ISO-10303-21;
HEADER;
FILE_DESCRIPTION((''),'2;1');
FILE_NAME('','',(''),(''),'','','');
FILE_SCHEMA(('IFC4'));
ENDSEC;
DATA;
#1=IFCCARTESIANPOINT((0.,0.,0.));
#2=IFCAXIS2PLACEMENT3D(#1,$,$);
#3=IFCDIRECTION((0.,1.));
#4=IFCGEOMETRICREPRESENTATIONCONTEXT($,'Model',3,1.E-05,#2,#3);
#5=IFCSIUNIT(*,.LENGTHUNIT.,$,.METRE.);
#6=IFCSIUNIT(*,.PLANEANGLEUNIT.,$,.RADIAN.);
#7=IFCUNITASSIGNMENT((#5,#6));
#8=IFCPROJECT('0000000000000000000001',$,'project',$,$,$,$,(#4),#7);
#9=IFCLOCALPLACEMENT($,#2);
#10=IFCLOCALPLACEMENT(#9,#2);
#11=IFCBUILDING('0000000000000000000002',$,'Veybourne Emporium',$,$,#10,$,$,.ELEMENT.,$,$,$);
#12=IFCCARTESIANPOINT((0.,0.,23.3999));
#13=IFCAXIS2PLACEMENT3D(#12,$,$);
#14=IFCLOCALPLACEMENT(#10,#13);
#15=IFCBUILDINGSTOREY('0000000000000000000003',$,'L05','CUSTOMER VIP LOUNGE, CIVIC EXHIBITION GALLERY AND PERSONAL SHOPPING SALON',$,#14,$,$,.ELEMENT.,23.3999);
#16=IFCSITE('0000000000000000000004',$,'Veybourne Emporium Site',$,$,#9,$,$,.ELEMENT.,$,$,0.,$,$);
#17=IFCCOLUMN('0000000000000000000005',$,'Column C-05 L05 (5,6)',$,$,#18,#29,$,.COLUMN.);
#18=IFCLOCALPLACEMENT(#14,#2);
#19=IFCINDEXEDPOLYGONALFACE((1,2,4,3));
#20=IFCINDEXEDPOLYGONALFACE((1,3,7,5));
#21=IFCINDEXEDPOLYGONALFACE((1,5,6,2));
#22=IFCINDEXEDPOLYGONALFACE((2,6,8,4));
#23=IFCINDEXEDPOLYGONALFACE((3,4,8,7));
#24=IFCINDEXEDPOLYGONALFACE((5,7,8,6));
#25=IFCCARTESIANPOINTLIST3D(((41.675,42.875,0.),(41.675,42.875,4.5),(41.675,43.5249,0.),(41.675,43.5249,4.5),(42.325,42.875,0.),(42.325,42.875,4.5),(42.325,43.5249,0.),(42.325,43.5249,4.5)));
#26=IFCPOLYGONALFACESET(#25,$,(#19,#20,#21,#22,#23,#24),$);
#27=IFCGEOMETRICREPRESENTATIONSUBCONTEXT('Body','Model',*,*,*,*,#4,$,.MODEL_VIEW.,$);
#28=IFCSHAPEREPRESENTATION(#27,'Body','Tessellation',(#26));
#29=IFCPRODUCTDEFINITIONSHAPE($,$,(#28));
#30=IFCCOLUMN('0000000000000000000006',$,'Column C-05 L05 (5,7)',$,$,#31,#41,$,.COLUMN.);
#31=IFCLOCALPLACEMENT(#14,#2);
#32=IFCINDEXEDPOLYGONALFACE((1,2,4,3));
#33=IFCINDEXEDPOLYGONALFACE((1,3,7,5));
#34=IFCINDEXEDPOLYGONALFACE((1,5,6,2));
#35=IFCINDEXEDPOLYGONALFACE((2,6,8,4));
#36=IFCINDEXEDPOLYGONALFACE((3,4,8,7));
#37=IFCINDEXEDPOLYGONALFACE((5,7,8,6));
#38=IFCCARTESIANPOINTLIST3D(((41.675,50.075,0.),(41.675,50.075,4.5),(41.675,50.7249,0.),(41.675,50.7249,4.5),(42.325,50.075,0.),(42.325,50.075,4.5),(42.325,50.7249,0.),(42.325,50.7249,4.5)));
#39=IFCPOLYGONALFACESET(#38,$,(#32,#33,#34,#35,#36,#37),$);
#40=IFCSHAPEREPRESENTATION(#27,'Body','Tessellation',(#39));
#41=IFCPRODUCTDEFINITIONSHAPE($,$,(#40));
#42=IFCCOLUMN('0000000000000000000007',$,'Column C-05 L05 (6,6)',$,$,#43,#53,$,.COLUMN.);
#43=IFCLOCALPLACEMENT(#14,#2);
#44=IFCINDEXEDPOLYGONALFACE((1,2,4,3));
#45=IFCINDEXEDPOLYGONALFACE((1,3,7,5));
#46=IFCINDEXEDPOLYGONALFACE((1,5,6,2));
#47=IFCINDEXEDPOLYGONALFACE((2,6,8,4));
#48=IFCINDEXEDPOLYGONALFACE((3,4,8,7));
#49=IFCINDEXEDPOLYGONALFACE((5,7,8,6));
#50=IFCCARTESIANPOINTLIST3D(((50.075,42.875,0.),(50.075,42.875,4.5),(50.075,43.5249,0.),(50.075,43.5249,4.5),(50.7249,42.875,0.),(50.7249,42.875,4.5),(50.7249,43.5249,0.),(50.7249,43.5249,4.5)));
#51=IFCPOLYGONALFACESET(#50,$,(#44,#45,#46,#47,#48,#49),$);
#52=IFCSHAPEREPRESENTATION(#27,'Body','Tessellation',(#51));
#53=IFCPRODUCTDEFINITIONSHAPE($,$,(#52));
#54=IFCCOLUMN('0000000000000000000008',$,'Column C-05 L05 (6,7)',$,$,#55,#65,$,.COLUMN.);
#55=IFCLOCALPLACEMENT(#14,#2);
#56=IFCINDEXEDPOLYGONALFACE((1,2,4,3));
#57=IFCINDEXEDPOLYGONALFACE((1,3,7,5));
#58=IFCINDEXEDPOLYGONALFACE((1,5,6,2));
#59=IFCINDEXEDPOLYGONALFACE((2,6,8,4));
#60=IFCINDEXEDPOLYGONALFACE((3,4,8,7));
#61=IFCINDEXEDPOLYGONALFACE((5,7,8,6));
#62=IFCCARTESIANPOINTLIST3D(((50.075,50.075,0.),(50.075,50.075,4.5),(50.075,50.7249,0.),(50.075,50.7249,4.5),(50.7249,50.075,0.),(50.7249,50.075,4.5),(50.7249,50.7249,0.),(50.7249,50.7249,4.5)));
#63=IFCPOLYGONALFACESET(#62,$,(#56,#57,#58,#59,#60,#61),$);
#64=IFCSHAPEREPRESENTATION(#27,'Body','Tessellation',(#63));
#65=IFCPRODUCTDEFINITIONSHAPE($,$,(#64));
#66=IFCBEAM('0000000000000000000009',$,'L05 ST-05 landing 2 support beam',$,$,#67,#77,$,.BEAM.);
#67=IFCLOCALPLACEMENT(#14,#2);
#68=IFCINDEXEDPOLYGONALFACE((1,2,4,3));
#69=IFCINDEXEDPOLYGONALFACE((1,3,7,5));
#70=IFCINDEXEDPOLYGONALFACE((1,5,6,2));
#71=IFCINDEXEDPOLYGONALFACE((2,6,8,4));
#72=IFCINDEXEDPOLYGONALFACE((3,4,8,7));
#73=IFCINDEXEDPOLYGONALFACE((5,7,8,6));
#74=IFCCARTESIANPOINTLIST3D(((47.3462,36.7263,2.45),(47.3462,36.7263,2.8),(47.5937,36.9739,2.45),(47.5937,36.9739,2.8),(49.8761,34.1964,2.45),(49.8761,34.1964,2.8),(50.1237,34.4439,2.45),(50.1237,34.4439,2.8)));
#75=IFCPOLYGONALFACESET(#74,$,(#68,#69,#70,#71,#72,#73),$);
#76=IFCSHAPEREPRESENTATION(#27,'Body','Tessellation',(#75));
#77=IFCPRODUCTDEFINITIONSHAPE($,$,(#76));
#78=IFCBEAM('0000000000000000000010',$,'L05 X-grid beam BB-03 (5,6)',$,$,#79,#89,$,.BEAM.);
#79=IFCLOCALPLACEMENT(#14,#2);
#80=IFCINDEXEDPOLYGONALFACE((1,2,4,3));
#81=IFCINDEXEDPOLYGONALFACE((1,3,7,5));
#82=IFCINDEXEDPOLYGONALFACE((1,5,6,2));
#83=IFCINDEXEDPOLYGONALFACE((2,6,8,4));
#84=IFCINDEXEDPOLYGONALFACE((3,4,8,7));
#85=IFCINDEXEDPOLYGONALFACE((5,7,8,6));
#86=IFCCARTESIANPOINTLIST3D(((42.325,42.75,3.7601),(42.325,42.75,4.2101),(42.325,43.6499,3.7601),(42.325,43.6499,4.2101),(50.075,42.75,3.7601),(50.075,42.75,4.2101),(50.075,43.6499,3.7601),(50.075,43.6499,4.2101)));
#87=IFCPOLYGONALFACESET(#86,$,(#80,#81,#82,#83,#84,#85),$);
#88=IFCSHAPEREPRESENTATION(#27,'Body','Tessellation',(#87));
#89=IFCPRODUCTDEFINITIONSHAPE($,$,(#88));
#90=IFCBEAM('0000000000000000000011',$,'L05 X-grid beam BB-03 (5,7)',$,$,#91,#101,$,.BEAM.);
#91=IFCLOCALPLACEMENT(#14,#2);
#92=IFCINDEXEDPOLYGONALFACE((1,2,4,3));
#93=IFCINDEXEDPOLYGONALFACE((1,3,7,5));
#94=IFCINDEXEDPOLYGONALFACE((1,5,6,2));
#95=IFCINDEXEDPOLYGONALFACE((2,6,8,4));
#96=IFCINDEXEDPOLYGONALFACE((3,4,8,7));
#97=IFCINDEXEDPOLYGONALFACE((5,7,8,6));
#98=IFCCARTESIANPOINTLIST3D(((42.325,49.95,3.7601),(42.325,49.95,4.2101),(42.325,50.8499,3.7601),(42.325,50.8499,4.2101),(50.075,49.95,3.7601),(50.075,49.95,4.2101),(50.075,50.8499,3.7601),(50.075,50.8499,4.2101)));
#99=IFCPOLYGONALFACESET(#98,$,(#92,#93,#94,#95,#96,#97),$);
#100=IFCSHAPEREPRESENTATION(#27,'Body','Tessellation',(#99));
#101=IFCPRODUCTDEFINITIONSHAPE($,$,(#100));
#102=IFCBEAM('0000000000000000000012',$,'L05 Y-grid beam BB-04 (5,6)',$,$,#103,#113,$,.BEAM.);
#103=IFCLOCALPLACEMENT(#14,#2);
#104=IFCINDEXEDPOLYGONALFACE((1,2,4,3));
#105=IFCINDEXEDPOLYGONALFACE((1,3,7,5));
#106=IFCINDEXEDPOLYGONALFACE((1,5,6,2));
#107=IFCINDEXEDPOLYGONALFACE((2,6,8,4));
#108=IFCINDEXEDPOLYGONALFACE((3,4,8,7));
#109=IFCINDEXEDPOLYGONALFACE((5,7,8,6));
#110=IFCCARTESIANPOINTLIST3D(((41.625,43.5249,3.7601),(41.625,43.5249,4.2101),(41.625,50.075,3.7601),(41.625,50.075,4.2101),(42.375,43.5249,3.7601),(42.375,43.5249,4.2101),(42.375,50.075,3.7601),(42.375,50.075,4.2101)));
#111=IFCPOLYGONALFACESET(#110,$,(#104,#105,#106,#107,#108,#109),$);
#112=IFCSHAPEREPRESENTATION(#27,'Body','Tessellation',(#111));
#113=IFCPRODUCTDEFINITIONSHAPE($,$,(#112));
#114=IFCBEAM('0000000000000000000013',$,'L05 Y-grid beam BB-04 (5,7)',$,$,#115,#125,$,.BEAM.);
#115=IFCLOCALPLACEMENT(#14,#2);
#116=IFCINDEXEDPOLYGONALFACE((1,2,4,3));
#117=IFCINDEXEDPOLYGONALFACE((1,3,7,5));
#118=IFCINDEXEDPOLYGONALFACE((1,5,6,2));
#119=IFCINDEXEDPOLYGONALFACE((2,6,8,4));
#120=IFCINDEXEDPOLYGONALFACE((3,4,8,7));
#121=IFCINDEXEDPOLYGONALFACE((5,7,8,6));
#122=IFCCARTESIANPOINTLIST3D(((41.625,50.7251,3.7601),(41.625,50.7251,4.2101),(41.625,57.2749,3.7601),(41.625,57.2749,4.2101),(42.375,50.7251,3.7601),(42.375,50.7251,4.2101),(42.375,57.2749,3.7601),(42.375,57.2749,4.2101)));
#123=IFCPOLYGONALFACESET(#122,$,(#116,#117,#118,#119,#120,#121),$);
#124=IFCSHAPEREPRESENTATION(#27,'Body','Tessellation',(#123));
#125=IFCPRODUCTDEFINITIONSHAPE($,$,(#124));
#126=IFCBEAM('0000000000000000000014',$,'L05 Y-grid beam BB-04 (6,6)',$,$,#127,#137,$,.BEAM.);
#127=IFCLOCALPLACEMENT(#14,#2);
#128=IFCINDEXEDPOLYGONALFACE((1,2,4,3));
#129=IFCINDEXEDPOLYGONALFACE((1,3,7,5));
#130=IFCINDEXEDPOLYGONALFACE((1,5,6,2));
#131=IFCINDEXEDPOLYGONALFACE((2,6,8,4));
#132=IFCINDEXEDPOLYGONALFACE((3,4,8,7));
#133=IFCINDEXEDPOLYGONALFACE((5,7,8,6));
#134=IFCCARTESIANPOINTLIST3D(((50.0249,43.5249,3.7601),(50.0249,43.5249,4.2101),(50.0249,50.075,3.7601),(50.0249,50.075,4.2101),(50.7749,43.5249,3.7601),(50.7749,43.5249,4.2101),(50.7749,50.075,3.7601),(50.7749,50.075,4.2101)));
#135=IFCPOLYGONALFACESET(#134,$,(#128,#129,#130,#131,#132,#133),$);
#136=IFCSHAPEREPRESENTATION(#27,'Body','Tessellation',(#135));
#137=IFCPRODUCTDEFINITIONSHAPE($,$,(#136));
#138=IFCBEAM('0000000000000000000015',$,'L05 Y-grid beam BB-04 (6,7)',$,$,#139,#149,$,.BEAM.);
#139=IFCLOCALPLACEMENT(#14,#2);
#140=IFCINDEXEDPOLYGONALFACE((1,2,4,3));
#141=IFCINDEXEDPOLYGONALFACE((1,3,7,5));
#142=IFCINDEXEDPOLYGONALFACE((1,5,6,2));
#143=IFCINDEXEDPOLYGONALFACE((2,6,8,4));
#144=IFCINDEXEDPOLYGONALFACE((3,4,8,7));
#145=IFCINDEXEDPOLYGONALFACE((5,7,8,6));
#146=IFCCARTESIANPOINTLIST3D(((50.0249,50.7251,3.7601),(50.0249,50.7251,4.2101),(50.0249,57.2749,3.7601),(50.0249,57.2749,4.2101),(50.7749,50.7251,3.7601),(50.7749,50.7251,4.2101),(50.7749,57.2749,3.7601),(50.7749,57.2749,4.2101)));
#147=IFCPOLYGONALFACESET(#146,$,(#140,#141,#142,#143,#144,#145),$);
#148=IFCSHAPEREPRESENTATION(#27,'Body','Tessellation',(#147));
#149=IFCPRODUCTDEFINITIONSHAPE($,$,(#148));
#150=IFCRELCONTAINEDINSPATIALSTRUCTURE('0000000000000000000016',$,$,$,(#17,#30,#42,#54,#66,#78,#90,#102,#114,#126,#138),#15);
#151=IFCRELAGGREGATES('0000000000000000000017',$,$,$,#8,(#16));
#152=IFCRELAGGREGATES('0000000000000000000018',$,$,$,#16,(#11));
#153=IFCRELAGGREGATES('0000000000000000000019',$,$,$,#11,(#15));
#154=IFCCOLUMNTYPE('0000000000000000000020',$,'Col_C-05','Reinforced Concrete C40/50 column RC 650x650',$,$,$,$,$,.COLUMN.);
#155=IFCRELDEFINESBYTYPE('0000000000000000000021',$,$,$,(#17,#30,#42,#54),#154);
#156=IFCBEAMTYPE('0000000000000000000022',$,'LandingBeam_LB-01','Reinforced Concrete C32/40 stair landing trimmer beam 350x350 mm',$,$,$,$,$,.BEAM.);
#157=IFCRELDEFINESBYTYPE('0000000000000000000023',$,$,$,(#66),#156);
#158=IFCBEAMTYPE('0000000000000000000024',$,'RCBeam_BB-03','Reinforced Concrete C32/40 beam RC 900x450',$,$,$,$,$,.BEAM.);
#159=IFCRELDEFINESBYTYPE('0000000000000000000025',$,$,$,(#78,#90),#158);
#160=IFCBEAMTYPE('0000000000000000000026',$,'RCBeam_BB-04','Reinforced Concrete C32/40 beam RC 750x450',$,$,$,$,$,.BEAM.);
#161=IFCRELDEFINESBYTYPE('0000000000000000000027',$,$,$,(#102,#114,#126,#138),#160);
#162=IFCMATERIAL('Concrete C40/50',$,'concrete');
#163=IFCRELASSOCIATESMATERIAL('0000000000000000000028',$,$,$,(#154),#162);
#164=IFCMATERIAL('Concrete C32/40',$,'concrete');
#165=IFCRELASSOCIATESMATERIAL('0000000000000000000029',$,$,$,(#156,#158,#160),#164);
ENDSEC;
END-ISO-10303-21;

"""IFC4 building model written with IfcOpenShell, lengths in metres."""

from ifc_helpers import new_model, si_unit, direction, frame, origin, origin_2d, place, context, subcontext, project, spatial, rectangle, extrude, material, material_profile, profile_set, type_object, element, save


model = new_model("IFC4")

# Units and contexts
model_context = context("Model", 3, precision=1e-05, world=origin(), true_north=direction((0.0, 1.0)))
body_context = subcontext(model_context, "Body", "Model", "MODEL_VIEW")
ifc_project = project(units=[si_unit("LENGTHUNIT", "METRE"), si_unit("PLANEANGLEUNIT", "RADIAN")], contexts=[model_context])

# Site, building, storey
site_placement = place(None, origin())
site = spatial("IfcSite", under=ifc_project, at=site_placement, Name="Veybourne Emporium Site", CompositionType="ELEMENT", RefElevation=0.0)
building_placement = place(site_placement, origin())
building = spatial("IfcBuilding", under=site, at=building_placement, Name="Veybourne Emporium", CompositionType="ELEMENT")
storey_placement = place(building_placement, frame((0.0, 0.0, 23.3999)))
storey = spatial("IfcBuildingStorey", under=building, at=storey_placement, Name="L05", Description="CUSTOMER VIP LOUNGE, CIVIC EXHIBITION GALLERY AND PERSONAL SHOPPING SALON", CompositionType="ELEMENT", Elevation=23.3999)

# Columns
ifc_material_1 = material(Name="Concrete C40/50", Category="concrete")
ifc_material_profile_1 = material_profile(ifc_material_1, rectangle(XDim=0.6499, YDim=0.6499, at=origin_2d()), Name="RC 650x650")
ifc_profile_set_1 = profile_set([ifc_material_profile_1], Name="Concrete C40/50")
column_type = type_object("IfcColumnType", Name="Col_C-05", Description="Reinforced Concrete C40/50 column RC 650x650", PredefinedType="COLUMN", material=ifc_profile_set_1)
for number, where, z_axis, x_axis, name in (
    (1, (42.0, 43.2, 0.0), (0.0, 0.0, 1.0), (1.0, 0.0, 0.0), "Column C-05 L05 (5,6)"),
    (2, (42.0, 50.3999, 0.0), (0.0, 0.0, 1.0), (1.0, 0.0, 0.0), "Column C-05 L05 (5,7)"),
    (3, (50.3999, 43.2, 0.0), (0.0, 0.0, 1.0), (1.0, 0.0, 0.0), "Column C-05 L05 (6,6)"),
    (4, (50.3999, 50.3999, 0.0), (0.0, 0.0, 1.0), (1.0, 0.0, 0.0), "Column C-05 L05 (6,7)"),
):
    element("IfcColumn", number, at=place(storey_placement, frame(where, z_axis=z_axis, x_axis=x_axis)), inside=storey, type_object=column_type, Name=name, PredefinedType="COLUMN", context=body_context, shape_type="SweptSolid", body=[
        extrude(rectangle(XDim=0.6499, YDim=0.6499, at=origin_2d()), origin(), (0.0, 0.0, 1.0), 4.5),
    ])

# Beams
ifc_material_2 = material(Name="Concrete C32/40", Category="concrete")
ifc_material_profile_2 = material_profile(ifc_material_2, rectangle(XDim=0.3501, YDim=0.3501, at=origin_2d()), Name="RC 350x350")
ifc_profile_set_2 = profile_set([ifc_material_profile_2], Name="Concrete C32/40")
beam_type_1 = type_object("IfcBeamType", Name="LandingBeam_LB-01", Description="Reinforced Concrete C32/40 stair landing trimmer beam 350x350 mm", PredefinedType="BEAM", material=ifc_profile_set_2)
beam_1_placement = place(storey_placement, frame((47.47, 36.8501, 2.625), z_axis=(0.707107, -0.707107, 0.0), x_axis=(0.707107, 0.707107, 0.0)))
element("IfcBeam", 5, at=beam_1_placement, inside=storey, type_object=beam_type_1, Name="L05 ST-05 landing 2 support beam", PredefinedType="BEAM", context=body_context, shape_type="SweptSolid", body=[
    extrude(rectangle(XDim=0.3501, YDim=0.3501, at=origin_2d()), origin(), (0.0, 0.0, 1.0), 3.5779),
])
ifc_material_profile_3 = material_profile(ifc_material_2, rectangle(XDim=0.8999, YDim=0.45, at=origin_2d()), Name="RC 900x450")
ifc_profile_set_3 = profile_set([ifc_material_profile_3], Name="Concrete C32/40")
beam_type_2 = type_object("IfcBeamType", Name="RCBeam_BB-03", Description="Reinforced Concrete C32/40 beam RC 900x450", PredefinedType="BEAM", material=ifc_profile_set_3)
for number, where, z_axis, x_axis, name in (
    (6, (42.325, 43.2, 3.9851), (1.0, 0.0, 0.0), (0.0, 1.0, 0.0), "L05 X-grid beam BB-03 (5,6)"),
    (7, (42.325, 50.3999, 3.9851), (1.0, 0.0, 0.0), (0.0, 1.0, 0.0), "L05 X-grid beam BB-03 (5,7)"),
):
    element("IfcBeam", number, at=place(storey_placement, frame(where, z_axis=z_axis, x_axis=x_axis)), inside=storey, type_object=beam_type_2, Name=name, PredefinedType="BEAM", context=body_context, shape_type="SweptSolid", body=[
        extrude(rectangle(XDim=0.8999, YDim=0.45, at=origin_2d()), origin(), (0.0, 0.0, 1.0), 7.75),
    ])
ifc_material_profile_4 = material_profile(ifc_material_2, rectangle(XDim=0.75, YDim=0.45, at=origin_2d()), Name="RC 750x450")
ifc_profile_set_4 = profile_set([ifc_material_profile_4], Name="Concrete C32/40")
beam_type_3 = type_object("IfcBeamType", Name="RCBeam_BB-04", Description="Reinforced Concrete C32/40 beam RC 750x450", PredefinedType="BEAM", material=ifc_profile_set_4)
beam_2_placement = place(storey_placement, frame((42.0, 43.5249, 3.9851), z_axis=(0.0, 1.0, 0.0), x_axis=(-1.0, 0.0, 0.0)))
element("IfcBeam", 8, at=beam_2_placement, inside=storey, type_object=beam_type_3, Name="L05 Y-grid beam BB-04 (5,6)", PredefinedType="BEAM", context=body_context, shape_type="SweptSolid", body=[
    extrude(rectangle(XDim=0.75, YDim=0.45, at=origin_2d()), origin(), (0.0, 0.0, 1.0), 6.55),
])
beam_3_placement = place(storey_placement, frame((42.0, 50.7251, 3.9851), z_axis=(0.0, 1.0, 0.0), x_axis=(-1.0, 0.0, 0.0)))
element("IfcBeam", 9, at=beam_3_placement, inside=storey, type_object=beam_type_3, Name="L05 Y-grid beam BB-04 (5,7)", PredefinedType="BEAM", context=body_context, shape_type="SweptSolid", body=[
    extrude(rectangle(XDim=0.75, YDim=0.45, at=origin_2d()), origin(), (0.0, 0.0, 1.0), 6.5498),
])
beam_4_placement = place(storey_placement, frame((50.3999, 43.5249, 3.9851), z_axis=(0.0, 1.0, 0.0), x_axis=(-1.0, 0.0, 0.0)))
element("IfcBeam", 10, at=beam_4_placement, inside=storey, type_object=beam_type_3, Name="L05 Y-grid beam BB-04 (6,6)", PredefinedType="BEAM", context=body_context, shape_type="SweptSolid", body=[
    extrude(rectangle(XDim=0.75, YDim=0.45, at=origin_2d()), origin(), (0.0, 0.0, 1.0), 6.55),
])
beam_5_placement = place(storey_placement, frame((50.3999, 50.7251, 3.9851), z_axis=(0.0, 1.0, 0.0), x_axis=(-1.0, 0.0, 0.0)))
element("IfcBeam", 11, at=beam_5_placement, inside=storey, type_object=beam_type_3, Name="L05 Y-grid beam BB-04 (6,7)", PredefinedType="BEAM", context=body_context, shape_type="SweptSolid", body=[
    extrude(rectangle(XDim=0.75, YDim=0.45, at=origin_2d()), origin(), (0.0, 0.0, 1.0), 6.5498),
])

save(model, "model.ifc")
